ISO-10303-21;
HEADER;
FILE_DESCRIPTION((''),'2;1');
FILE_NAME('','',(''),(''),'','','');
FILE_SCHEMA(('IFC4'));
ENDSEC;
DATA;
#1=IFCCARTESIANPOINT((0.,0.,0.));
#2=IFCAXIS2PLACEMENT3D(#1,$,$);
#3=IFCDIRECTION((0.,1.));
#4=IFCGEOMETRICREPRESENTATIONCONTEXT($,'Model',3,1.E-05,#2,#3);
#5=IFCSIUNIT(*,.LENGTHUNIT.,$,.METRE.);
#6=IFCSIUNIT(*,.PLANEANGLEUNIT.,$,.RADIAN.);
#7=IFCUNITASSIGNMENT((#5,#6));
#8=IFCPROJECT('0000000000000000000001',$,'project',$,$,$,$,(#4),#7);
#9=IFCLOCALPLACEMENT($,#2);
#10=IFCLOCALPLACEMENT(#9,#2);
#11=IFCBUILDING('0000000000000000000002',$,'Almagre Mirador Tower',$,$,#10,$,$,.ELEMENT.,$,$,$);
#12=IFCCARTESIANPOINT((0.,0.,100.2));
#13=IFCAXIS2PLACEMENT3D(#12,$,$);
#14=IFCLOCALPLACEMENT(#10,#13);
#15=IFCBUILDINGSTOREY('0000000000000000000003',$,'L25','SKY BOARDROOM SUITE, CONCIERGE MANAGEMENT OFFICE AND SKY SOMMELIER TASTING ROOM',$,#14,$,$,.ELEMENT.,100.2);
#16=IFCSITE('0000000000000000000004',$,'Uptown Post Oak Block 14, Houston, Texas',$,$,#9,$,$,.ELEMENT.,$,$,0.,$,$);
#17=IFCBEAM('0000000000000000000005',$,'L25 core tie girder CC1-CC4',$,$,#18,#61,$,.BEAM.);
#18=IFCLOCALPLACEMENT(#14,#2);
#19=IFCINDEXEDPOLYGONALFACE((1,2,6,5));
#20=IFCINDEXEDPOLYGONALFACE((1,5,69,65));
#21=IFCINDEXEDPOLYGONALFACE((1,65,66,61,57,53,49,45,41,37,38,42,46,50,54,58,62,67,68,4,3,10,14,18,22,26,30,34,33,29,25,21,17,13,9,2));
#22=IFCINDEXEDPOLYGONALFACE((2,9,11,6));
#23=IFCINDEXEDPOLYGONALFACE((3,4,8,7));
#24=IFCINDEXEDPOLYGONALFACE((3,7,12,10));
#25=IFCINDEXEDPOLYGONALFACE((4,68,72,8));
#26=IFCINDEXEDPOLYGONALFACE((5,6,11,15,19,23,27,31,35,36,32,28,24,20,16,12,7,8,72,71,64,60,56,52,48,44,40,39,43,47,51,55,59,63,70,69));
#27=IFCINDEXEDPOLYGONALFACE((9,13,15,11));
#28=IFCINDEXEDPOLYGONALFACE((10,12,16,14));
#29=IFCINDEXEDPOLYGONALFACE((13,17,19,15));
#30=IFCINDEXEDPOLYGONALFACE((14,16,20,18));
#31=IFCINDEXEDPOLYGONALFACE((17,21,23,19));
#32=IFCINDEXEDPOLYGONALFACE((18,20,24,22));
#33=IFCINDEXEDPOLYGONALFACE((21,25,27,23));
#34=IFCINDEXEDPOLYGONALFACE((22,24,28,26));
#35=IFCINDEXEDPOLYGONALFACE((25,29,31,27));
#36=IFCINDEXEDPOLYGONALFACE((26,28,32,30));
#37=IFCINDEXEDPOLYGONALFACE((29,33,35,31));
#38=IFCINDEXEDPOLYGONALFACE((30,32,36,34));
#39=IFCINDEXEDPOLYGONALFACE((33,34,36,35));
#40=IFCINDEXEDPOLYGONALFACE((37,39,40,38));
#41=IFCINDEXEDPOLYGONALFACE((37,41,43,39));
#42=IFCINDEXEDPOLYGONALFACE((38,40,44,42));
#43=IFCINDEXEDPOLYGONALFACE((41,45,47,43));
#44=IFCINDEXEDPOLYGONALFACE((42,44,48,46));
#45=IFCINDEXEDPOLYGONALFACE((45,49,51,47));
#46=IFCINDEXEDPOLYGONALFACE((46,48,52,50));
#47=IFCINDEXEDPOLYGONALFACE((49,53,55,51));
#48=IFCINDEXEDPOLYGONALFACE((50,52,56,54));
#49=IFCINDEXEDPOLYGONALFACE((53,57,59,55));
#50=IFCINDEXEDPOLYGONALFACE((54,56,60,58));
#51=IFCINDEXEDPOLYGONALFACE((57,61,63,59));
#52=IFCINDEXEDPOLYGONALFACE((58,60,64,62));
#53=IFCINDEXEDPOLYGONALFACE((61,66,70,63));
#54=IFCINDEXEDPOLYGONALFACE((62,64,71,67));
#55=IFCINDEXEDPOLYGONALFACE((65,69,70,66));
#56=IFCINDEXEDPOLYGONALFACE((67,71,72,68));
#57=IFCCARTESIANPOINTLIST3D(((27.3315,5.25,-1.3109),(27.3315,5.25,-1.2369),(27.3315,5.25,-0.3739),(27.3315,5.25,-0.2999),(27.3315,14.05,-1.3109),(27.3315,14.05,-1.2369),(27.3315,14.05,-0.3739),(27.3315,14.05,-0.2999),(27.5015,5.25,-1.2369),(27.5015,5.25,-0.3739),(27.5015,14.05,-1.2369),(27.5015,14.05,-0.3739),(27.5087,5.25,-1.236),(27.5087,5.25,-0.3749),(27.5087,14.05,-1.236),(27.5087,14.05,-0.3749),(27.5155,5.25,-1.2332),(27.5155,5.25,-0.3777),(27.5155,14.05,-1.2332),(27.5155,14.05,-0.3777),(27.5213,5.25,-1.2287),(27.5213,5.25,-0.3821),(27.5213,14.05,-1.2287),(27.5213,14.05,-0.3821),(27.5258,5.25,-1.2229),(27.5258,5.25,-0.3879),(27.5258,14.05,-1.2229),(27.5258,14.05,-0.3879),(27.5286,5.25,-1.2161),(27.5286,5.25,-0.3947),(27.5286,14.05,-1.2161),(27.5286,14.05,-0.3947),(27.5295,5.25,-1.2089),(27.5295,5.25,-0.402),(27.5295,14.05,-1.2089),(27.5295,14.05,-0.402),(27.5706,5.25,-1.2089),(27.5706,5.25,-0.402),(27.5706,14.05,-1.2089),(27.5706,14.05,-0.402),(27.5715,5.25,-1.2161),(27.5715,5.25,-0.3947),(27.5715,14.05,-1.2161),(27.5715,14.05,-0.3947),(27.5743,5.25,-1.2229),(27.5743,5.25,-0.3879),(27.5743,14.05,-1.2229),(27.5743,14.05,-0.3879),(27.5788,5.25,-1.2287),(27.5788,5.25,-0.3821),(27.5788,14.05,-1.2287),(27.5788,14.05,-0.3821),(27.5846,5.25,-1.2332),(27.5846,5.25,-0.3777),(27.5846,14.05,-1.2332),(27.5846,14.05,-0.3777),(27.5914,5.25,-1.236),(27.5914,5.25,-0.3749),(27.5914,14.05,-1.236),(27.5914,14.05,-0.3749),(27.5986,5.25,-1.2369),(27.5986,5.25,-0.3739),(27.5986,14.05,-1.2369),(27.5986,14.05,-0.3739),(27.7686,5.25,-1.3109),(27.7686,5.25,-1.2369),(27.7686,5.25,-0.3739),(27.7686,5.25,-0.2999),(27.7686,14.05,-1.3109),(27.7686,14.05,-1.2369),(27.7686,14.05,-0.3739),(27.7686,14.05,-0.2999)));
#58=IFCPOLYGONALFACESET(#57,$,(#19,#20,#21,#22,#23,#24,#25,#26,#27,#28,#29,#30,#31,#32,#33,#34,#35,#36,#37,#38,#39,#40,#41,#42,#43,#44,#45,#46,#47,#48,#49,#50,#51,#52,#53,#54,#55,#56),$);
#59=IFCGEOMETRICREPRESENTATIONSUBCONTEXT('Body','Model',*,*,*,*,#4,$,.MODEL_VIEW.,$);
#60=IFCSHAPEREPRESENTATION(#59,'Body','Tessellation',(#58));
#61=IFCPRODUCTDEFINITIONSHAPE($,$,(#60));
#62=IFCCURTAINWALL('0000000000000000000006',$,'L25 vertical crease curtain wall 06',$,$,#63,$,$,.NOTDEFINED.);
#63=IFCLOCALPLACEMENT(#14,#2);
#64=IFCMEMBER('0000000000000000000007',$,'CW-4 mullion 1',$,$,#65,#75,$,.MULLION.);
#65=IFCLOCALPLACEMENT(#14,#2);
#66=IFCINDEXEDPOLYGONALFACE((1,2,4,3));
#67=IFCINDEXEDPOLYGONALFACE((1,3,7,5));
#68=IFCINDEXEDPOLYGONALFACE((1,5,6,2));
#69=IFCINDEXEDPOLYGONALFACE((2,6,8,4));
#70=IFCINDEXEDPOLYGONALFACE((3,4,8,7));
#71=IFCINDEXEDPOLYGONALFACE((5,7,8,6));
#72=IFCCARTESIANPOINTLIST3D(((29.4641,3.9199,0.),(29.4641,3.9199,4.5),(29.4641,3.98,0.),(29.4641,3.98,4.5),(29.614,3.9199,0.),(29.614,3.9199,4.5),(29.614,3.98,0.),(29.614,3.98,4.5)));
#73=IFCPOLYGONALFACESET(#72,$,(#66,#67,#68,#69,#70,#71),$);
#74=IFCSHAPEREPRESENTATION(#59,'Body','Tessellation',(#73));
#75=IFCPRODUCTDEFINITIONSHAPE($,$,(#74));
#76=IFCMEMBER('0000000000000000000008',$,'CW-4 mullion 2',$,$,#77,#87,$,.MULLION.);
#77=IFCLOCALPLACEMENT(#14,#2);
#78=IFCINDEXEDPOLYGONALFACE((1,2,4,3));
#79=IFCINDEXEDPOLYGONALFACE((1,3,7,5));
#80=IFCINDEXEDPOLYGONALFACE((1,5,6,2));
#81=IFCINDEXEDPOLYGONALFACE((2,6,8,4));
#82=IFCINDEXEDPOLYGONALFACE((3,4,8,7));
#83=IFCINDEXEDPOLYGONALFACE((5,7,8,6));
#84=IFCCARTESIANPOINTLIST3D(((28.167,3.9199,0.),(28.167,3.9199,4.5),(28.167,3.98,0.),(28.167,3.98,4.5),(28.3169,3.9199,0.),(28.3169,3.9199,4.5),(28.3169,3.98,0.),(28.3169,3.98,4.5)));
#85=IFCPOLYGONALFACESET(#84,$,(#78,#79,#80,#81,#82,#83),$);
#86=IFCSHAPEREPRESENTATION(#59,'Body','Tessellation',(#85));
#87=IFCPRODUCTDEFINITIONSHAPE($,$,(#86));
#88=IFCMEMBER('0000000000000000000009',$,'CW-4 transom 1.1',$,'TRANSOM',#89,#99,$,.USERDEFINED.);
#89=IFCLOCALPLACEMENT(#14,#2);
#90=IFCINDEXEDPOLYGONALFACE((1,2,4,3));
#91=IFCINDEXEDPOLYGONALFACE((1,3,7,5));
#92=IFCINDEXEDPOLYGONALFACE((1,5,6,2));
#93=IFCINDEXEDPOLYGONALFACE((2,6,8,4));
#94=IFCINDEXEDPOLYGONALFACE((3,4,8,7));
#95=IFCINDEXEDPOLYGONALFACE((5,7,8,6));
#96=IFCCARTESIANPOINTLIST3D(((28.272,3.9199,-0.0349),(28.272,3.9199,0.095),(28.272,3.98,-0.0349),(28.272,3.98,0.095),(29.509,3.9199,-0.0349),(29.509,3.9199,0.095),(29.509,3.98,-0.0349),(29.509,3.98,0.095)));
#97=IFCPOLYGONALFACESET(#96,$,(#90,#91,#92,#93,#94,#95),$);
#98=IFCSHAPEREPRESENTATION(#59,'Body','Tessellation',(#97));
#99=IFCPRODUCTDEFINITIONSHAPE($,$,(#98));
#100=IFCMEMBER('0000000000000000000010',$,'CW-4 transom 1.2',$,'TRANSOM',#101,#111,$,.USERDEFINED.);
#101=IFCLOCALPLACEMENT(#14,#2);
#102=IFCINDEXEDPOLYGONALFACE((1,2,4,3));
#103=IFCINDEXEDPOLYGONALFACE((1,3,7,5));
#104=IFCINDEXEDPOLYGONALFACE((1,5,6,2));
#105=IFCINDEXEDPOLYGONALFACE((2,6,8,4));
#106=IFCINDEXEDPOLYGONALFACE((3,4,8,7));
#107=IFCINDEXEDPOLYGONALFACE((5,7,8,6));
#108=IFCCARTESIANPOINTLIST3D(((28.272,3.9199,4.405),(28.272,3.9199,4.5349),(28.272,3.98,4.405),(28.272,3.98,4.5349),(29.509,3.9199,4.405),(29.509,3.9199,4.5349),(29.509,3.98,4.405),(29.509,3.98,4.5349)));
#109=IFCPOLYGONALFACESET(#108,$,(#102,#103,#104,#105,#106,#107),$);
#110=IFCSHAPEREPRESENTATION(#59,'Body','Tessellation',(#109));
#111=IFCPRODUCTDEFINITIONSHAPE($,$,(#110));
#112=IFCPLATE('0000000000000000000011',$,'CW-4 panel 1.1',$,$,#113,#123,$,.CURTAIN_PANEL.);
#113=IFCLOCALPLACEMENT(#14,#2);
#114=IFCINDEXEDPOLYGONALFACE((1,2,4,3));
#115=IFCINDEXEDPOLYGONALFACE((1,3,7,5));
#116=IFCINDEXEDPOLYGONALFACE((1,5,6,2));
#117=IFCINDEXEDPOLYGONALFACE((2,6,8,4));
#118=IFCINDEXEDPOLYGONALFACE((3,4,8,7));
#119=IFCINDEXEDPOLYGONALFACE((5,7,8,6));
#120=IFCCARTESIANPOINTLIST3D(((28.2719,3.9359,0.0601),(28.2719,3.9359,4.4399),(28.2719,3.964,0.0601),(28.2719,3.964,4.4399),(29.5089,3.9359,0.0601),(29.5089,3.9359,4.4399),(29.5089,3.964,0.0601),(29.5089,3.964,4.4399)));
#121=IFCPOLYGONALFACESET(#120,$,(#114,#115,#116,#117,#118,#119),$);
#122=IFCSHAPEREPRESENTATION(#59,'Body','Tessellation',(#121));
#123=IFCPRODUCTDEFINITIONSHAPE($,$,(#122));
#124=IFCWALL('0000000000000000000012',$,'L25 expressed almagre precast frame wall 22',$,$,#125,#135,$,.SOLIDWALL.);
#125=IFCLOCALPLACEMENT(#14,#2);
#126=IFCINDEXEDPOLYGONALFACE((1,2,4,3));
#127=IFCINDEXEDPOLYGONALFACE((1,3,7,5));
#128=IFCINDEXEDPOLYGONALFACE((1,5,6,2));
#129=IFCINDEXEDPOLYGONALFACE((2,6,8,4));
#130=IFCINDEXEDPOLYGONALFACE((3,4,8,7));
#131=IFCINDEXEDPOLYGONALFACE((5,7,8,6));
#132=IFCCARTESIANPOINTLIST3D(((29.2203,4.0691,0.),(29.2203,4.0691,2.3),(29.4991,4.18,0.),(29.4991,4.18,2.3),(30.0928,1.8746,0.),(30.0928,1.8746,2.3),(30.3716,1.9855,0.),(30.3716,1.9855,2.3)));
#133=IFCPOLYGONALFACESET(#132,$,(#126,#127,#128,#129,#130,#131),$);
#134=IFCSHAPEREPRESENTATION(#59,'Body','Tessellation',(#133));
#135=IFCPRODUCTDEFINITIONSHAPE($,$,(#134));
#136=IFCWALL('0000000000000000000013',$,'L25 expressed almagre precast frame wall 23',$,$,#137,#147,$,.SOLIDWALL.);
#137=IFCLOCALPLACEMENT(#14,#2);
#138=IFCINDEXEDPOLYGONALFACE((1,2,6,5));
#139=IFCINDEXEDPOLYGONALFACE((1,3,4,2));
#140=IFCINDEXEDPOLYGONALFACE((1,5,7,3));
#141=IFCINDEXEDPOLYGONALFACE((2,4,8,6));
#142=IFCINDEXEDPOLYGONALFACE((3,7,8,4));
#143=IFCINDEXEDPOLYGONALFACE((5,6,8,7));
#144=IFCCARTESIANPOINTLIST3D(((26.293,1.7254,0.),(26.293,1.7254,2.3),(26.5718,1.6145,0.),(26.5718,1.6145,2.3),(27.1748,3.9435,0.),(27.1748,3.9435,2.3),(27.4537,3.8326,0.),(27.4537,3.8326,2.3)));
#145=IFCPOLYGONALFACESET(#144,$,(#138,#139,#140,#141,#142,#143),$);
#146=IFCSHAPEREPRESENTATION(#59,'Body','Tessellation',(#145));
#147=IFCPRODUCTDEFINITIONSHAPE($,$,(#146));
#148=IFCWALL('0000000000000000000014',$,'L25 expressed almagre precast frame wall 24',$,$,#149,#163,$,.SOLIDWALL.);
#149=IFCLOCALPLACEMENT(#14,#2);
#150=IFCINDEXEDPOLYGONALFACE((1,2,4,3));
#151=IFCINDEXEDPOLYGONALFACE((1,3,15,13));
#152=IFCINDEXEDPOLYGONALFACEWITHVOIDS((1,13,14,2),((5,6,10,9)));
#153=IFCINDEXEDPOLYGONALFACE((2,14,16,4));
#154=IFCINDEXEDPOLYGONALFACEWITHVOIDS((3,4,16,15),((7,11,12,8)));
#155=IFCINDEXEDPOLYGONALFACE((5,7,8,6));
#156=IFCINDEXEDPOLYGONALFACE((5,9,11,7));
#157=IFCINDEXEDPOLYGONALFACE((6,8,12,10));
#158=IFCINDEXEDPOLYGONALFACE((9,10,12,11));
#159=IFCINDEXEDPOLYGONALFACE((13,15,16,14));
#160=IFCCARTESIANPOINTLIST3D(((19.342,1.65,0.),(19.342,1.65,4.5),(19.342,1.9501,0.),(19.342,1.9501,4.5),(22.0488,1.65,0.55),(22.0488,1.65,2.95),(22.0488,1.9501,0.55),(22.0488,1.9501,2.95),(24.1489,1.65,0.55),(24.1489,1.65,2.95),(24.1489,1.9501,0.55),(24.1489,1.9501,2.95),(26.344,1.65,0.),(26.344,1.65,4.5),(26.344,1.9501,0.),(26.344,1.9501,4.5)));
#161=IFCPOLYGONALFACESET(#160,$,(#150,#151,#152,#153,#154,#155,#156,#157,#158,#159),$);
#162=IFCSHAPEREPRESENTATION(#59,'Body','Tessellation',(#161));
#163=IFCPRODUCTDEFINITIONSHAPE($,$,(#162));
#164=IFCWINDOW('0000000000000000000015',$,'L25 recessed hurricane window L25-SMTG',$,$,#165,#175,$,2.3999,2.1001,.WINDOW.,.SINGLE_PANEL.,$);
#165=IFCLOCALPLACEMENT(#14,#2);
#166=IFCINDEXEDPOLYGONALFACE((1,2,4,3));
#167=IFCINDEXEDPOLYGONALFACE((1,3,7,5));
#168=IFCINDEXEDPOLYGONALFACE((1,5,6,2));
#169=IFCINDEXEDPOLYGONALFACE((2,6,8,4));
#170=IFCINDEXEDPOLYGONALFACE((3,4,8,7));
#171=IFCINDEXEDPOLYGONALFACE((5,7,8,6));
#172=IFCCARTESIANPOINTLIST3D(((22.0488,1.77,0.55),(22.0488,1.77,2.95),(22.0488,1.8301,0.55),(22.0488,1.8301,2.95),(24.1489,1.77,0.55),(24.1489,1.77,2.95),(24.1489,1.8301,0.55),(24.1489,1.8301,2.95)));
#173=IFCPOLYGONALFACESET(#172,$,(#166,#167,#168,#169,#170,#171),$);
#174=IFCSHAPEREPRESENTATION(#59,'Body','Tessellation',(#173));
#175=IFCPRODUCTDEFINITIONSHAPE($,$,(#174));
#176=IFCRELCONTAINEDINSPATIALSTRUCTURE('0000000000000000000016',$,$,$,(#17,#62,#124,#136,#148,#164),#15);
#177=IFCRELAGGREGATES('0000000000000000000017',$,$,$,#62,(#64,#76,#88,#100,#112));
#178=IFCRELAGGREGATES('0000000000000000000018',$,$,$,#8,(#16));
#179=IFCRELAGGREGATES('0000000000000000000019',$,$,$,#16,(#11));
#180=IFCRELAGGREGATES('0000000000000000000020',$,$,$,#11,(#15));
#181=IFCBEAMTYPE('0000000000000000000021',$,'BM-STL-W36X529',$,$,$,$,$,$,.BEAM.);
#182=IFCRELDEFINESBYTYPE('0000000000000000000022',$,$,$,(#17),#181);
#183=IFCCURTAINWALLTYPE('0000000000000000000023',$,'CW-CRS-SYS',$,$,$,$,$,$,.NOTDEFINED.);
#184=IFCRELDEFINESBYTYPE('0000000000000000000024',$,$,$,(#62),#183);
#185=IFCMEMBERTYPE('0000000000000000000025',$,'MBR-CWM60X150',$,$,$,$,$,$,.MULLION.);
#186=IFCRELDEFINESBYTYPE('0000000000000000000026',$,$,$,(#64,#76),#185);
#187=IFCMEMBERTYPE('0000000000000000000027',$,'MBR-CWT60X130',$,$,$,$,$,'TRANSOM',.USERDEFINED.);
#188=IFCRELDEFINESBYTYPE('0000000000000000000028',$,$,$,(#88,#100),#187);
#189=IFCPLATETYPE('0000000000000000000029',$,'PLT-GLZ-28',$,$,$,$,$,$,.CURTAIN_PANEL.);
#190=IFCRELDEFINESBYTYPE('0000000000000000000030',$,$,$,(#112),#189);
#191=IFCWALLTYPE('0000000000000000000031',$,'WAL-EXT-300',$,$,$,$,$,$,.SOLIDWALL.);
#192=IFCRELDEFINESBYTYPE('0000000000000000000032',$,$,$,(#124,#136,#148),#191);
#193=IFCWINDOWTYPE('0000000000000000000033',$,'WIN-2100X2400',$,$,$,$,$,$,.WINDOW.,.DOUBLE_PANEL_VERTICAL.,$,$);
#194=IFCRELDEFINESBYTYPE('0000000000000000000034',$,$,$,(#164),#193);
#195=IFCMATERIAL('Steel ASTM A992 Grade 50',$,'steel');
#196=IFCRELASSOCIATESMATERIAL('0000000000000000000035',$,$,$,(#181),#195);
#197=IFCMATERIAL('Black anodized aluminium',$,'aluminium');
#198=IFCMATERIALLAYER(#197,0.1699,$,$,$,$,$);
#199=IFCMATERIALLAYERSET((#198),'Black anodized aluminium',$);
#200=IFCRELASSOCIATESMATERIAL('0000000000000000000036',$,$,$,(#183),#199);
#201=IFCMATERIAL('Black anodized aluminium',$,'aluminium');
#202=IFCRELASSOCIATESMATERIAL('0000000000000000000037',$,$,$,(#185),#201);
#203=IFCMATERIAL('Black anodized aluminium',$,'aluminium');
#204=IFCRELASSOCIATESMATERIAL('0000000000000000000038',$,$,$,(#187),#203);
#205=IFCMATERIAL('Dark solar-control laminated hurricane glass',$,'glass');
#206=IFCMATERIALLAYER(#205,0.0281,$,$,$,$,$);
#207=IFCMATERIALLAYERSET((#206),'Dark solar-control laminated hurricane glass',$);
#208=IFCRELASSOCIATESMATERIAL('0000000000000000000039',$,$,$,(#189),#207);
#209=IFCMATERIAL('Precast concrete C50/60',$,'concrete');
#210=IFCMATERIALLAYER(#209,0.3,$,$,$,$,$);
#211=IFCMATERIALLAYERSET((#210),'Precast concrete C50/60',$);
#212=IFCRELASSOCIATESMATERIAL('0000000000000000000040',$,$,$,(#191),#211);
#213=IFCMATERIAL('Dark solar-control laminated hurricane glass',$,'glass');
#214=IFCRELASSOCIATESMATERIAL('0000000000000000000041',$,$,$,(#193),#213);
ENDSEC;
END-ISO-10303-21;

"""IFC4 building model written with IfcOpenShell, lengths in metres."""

from ifc_helpers import new_model, si_unit, direction, frame, frame_2d, origin, origin_2d, place, context, subcontext, project, spatial, rectangle, i_section, extrude, material, layer, layer_set, material_profile, profile_set, type_object, element, fill, aggregate, save


model = new_model("IFC4")

# Units and contexts
model_context = context("Model", 3, precision=1e-05, world=origin(), true_north=direction((0.0, 1.0)))
body_context = subcontext(model_context, "Body", "Model", "MODEL_VIEW")
ifc_project = project(units=[si_unit("LENGTHUNIT", "METRE"), si_unit("PLANEANGLEUNIT", "RADIAN")], contexts=[model_context])

# Site, building, storey
site_placement = place(None, origin())
site = spatial("IfcSite", under=ifc_project, at=site_placement, Name="Uptown Post Oak Block 14, Houston, Texas", CompositionType="ELEMENT", RefElevation=0.0)
building_placement = place(site_placement, origin())
building = spatial("IfcBuilding", under=site, at=building_placement, Name="Almagre Mirador Tower", CompositionType="ELEMENT")
storey_placement = place(building_placement, frame((0.0, 0.0, 100.2)))
storey = spatial("IfcBuildingStorey", under=building, at=storey_placement, Name="L25", Description="SKY BOARDROOM SUITE, CONCIERGE MANAGEMENT OFFICE AND SKY SOMMELIER TASTING ROOM", CompositionType="ELEMENT", Elevation=100.2)

# Beam
ifc_material_1 = material(Name="Steel ASTM A992 Grade 50", Category="steel")
ifc_material_profile_1 = material_profile(ifc_material_1, i_section(OverallWidth=0.437, OverallDepth=1.011, WebThickness=0.041, FlangeThickness=0.074, FilletRadius=0.0281, at=origin_2d()), Name="W36X529")
ifc_profile_set_1 = profile_set([ifc_material_profile_1], Name="Steel ASTM A992 Grade 50")
beam_type_1 = type_object("IfcBeamType", Name="BM-STL-W36X529", PredefinedType="BEAM", material=ifc_profile_set_1)
beam_1_placement = place(storey_placement, frame((27.55, 5.25, -0.8054), z_axis=(0.0, 1.0, 0.0), x_axis=(-1.0, 0.0, 0.0)))
element("IfcBeam", 1, at=beam_1_placement, inside=storey, type_object=beam_type_1, Name="L25 core tie girder CC1-CC4", PredefinedType="BEAM", context=body_context, shape_type="SweptSolid", body=[
    extrude(i_section(OverallWidth=0.437, OverallDepth=1.011, WebThickness=0.041, FlangeThickness=0.074, FilletRadius=0.0281, at=origin_2d()), origin(), (0.0, 0.0, 1.0), 8.8),
])

# Curtain wall, members, plate
ifc_material_2 = material(Name="Black anodized aluminium", Category="aluminium")
ifc_layer_1 = layer(ifc_material_2, 0.1699)
ifc_layer_set_1 = layer_set([ifc_layer_1], Name="Black anodized aluminium")
curtain_wall_type = type_object("IfcCurtainWallType", Name="CW-CRS-SYS", PredefinedType="NOTDEFINED", material=ifc_layer_set_1)
curtain_wall_placement = place(storey_placement, origin())
curtain_wall = element("IfcCurtainWall", 2, at=curtain_wall_placement, inside=storey, type_object=curtain_wall_type, Name="L25 vertical crease curtain wall 06", PredefinedType="NOTDEFINED")
ifc_material_3 = material(Name="Black anodized aluminium", Category="aluminium")
ifc_material_profile_2 = material_profile(ifc_material_3, rectangle(XDim=0.0601, YDim=0.1499, at=origin_2d()), Name="CWM60X150")
ifc_profile_set_2 = profile_set([ifc_material_profile_2], Name="Black anodized aluminium")
member_type_1 = type_object("IfcMemberType", Name="MBR-CWM60X150", PredefinedType="MULLION", material=ifc_profile_set_2)
member_1_placement = place(storey_placement, frame((29.5391, 3.95, 0.0), z_axis=(0.0, 0.0, 1.0), x_axis=(0.0, -1.0, 0.0)))
member_1 = element("IfcMember", 3, at=member_1_placement, type_object=member_type_1, Name="CW-4 mullion 1", PredefinedType="MULLION", context=body_context, shape_type="SweptSolid", body=[
    extrude(rectangle(XDim=0.0601, YDim=0.1499, at=origin_2d()), origin(), (0.0, 0.0, 1.0), 4.5),
])
member_2_placement = place(storey_placement, frame((28.2419, 3.95, 0.0), z_axis=(0.0, 0.0, 1.0), x_axis=(0.0, -1.0, 0.0)))
member_2 = element("IfcMember", 4, at=member_2_placement, type_object=member_type_1, Name="CW-4 mullion 2", PredefinedType="MULLION", context=body_context, shape_type="SweptSolid", body=[
    extrude(rectangle(XDim=0.0601, YDim=0.1499, at=origin_2d()), origin(), (0.0, 0.0, 1.0), 4.5),
])
ifc_material_4 = material(Name="Black anodized aluminium", Category="aluminium")
ifc_material_profile_3 = material_profile(ifc_material_4, rectangle(XDim=0.0601, YDim=0.1299, at=origin_2d()), Name="CWT60X130")
ifc_profile_set_3 = profile_set([ifc_material_profile_3], Name="Black anodized aluminium")
member_type_2 = type_object("IfcMemberType", Name="MBR-CWT60X130", ElementType="TRANSOM", PredefinedType="USERDEFINED", material=ifc_profile_set_3)
member_3_placement = place(storey_placement, frame((29.509, 3.95, 0.03), z_axis=(-1.0, 0.0, 0.0), x_axis=(0.0, -1.0, 0.0)))
member_3 = element("IfcMember", 5, at=member_3_placement, type_object=member_type_2, Name="CW-4 transom 1.1", ObjectType="TRANSOM", PredefinedType="USERDEFINED", context=body_context, shape_type="SweptSolid", body=[
    extrude(rectangle(XDim=0.0601, YDim=0.1299, at=origin_2d()), origin(), (0.0, 0.0, 1.0), 1.2371),
])
member_4_placement = place(storey_placement, frame((29.509, 3.95, 4.47), z_axis=(-1.0, 0.0, 0.0), x_axis=(0.0, -1.0, 0.0)))
member_4 = element("IfcMember", 6, at=member_4_placement, type_object=member_type_2, Name="CW-4 transom 1.2", ObjectType="TRANSOM", PredefinedType="USERDEFINED", context=body_context, shape_type="SweptSolid", body=[
    extrude(rectangle(XDim=0.0601, YDim=0.1299, at=origin_2d()), origin(), (0.0, 0.0, 1.0), 1.2371),
])
ifc_material_5 = material(Name="Dark solar-control laminated hurricane glass", Category="glass")
ifc_layer_2 = layer(ifc_material_5, 0.0281)
ifc_layer_set_2 = layer_set([ifc_layer_2], Name="Dark solar-control laminated hurricane glass")
plate_type = type_object("IfcPlateType", Name="PLT-GLZ-28", PredefinedType="CURTAIN_PANEL", material=ifc_layer_set_2)
plate_placement = place(storey_placement, frame((28.8904, 3.95, 0.0601), z_axis=(0.0, 0.0, 1.0), x_axis=(-1.0, 0.0, 0.0)))
plate = element("IfcPlate", 7, at=plate_placement, type_object=plate_type, Name="CW-4 panel 1.1", PredefinedType="CURTAIN_PANEL", context=body_context, shape_type="SweptSolid", body=[
    extrude(rectangle(XDim=1.2371, YDim=0.0281, at=origin_2d()), origin(), (0.0, 0.0, 1.0), 4.3799),
])
aggregate(curtain_wall, [member_1, member_2, member_3, member_4, plate])

# Walls
ifc_material_6 = material(Name="Precast concrete C50/60", Category="concrete")
ifc_layer_3 = layer(ifc_material_6, 0.3)
ifc_layer_set_3 = layer_set([ifc_layer_3], Name="Precast concrete C50/60")
wall_type_1 = type_object("IfcWallType", Name="WAL-EXT-300", PredefinedType="SOLIDWALL", material=ifc_layer_set_3)
wall_1_placement = place(storey_placement, frame((30.2322, 1.9302, 0.0), z_axis=(0.0, 0.0, 1.0), x_axis=(-0.369465, 0.929245, 0.0)))
element("IfcWall", 8, at=wall_1_placement, inside=storey, type_object=wall_type_1, Name="L25 expressed almagre precast frame wall 22", PredefinedType="SOLIDWALL", context=body_context, shape_type="SweptSolid", body=[
    extrude(rectangle(XDim=2.3616, YDim=0.3, at=frame_2d((1.1807, 0.0))), origin(), (0.0, 0.0, 1.0), 2.3),
])
wall_2_placement = place(storey_placement, frame((27.3142, 3.8879, 0.0), z_axis=(0.0, 0.0, 1.0), x_axis=(-0.36945, -0.929251, 0.0)))
element("IfcWall", 9, at=wall_2_placement, inside=storey, type_object=wall_type_1, Name="L25 expressed almagre precast frame wall 23", PredefinedType="SOLIDWALL", context=body_context, shape_type="SweptSolid", body=[
    extrude(rectangle(XDim=2.387, YDim=0.3, at=frame_2d((1.1934, 0.0))), origin(), (0.0, 0.0, 1.0), 2.3),
])

# Wall, opening, window
wall_3_placement = place(storey_placement, frame((26.344, 1.8, 0.0), z_axis=(0.0, 0.0, 1.0), x_axis=(-1.0, 0.0, 0.0)))
wall_3 = element("IfcWall", 10, at=wall_3_placement, inside=storey, type_object=wall_type_1, Name="L25 expressed almagre precast frame wall 24", PredefinedType="SOLIDWALL", context=body_context, shape_type="SweptSolid", body=[
    extrude(rectangle(XDim=7.002, YDim=0.3, at=frame_2d((3.501, 0.0))), origin(), (0.0, 0.0, 1.0), 4.5),
])
opening_1_placement = place(wall_3_placement, frame((2.1951, 0.0, 0.55)))
opening_1 = element("IfcOpeningElement", 11, at=opening_1_placement, cuts=wall_3, PredefinedType="OPENING", context=body_context, shape_type="SweptSolid", body=[
    extrude(rectangle(XDim=2.1001, YDim=2.3999, at=frame_2d((1.05, 1.2))), frame((0.0, 0.1599, 0.0), z_axis=(0.0, -1.0, 0.0), x_axis=(1.0, 0.0, 0.0)), (0.0, 0.0, 1.0), 0.32),
])
ifc_material_7 = material(Name="Dark solar-control laminated hurricane glass", Category="glass")
window_type = type_object("IfcWindowType", Name="WIN-2100X2400", PartitioningType="DOUBLE_PANEL_VERTICAL", PredefinedType="WINDOW", material=ifc_material_7)
window_placement = place(opening_1_placement, origin())
window = element("IfcWindow", 12, at=window_placement, inside=storey, type_object=window_type, Name="L25 recessed hurricane window L25-SMTG", OverallHeight=2.3999, OverallWidth=2.1001, PartitioningType="SINGLE_PANEL", PredefinedType="WINDOW", context=body_context, shape_type="SweptSolid", body=[
    extrude(rectangle(XDim=2.1001, YDim=2.3999, at=frame_2d((1.05, 1.2))), frame((0.0, 0.03, 0.0), z_axis=(0.0, -1.0, 0.0), x_axis=(1.0, 0.0, 0.0)), (0.0, 0.0, 1.0), 0.0601),
])
fill(opening_1, window)

save(model, "model.ifc")
